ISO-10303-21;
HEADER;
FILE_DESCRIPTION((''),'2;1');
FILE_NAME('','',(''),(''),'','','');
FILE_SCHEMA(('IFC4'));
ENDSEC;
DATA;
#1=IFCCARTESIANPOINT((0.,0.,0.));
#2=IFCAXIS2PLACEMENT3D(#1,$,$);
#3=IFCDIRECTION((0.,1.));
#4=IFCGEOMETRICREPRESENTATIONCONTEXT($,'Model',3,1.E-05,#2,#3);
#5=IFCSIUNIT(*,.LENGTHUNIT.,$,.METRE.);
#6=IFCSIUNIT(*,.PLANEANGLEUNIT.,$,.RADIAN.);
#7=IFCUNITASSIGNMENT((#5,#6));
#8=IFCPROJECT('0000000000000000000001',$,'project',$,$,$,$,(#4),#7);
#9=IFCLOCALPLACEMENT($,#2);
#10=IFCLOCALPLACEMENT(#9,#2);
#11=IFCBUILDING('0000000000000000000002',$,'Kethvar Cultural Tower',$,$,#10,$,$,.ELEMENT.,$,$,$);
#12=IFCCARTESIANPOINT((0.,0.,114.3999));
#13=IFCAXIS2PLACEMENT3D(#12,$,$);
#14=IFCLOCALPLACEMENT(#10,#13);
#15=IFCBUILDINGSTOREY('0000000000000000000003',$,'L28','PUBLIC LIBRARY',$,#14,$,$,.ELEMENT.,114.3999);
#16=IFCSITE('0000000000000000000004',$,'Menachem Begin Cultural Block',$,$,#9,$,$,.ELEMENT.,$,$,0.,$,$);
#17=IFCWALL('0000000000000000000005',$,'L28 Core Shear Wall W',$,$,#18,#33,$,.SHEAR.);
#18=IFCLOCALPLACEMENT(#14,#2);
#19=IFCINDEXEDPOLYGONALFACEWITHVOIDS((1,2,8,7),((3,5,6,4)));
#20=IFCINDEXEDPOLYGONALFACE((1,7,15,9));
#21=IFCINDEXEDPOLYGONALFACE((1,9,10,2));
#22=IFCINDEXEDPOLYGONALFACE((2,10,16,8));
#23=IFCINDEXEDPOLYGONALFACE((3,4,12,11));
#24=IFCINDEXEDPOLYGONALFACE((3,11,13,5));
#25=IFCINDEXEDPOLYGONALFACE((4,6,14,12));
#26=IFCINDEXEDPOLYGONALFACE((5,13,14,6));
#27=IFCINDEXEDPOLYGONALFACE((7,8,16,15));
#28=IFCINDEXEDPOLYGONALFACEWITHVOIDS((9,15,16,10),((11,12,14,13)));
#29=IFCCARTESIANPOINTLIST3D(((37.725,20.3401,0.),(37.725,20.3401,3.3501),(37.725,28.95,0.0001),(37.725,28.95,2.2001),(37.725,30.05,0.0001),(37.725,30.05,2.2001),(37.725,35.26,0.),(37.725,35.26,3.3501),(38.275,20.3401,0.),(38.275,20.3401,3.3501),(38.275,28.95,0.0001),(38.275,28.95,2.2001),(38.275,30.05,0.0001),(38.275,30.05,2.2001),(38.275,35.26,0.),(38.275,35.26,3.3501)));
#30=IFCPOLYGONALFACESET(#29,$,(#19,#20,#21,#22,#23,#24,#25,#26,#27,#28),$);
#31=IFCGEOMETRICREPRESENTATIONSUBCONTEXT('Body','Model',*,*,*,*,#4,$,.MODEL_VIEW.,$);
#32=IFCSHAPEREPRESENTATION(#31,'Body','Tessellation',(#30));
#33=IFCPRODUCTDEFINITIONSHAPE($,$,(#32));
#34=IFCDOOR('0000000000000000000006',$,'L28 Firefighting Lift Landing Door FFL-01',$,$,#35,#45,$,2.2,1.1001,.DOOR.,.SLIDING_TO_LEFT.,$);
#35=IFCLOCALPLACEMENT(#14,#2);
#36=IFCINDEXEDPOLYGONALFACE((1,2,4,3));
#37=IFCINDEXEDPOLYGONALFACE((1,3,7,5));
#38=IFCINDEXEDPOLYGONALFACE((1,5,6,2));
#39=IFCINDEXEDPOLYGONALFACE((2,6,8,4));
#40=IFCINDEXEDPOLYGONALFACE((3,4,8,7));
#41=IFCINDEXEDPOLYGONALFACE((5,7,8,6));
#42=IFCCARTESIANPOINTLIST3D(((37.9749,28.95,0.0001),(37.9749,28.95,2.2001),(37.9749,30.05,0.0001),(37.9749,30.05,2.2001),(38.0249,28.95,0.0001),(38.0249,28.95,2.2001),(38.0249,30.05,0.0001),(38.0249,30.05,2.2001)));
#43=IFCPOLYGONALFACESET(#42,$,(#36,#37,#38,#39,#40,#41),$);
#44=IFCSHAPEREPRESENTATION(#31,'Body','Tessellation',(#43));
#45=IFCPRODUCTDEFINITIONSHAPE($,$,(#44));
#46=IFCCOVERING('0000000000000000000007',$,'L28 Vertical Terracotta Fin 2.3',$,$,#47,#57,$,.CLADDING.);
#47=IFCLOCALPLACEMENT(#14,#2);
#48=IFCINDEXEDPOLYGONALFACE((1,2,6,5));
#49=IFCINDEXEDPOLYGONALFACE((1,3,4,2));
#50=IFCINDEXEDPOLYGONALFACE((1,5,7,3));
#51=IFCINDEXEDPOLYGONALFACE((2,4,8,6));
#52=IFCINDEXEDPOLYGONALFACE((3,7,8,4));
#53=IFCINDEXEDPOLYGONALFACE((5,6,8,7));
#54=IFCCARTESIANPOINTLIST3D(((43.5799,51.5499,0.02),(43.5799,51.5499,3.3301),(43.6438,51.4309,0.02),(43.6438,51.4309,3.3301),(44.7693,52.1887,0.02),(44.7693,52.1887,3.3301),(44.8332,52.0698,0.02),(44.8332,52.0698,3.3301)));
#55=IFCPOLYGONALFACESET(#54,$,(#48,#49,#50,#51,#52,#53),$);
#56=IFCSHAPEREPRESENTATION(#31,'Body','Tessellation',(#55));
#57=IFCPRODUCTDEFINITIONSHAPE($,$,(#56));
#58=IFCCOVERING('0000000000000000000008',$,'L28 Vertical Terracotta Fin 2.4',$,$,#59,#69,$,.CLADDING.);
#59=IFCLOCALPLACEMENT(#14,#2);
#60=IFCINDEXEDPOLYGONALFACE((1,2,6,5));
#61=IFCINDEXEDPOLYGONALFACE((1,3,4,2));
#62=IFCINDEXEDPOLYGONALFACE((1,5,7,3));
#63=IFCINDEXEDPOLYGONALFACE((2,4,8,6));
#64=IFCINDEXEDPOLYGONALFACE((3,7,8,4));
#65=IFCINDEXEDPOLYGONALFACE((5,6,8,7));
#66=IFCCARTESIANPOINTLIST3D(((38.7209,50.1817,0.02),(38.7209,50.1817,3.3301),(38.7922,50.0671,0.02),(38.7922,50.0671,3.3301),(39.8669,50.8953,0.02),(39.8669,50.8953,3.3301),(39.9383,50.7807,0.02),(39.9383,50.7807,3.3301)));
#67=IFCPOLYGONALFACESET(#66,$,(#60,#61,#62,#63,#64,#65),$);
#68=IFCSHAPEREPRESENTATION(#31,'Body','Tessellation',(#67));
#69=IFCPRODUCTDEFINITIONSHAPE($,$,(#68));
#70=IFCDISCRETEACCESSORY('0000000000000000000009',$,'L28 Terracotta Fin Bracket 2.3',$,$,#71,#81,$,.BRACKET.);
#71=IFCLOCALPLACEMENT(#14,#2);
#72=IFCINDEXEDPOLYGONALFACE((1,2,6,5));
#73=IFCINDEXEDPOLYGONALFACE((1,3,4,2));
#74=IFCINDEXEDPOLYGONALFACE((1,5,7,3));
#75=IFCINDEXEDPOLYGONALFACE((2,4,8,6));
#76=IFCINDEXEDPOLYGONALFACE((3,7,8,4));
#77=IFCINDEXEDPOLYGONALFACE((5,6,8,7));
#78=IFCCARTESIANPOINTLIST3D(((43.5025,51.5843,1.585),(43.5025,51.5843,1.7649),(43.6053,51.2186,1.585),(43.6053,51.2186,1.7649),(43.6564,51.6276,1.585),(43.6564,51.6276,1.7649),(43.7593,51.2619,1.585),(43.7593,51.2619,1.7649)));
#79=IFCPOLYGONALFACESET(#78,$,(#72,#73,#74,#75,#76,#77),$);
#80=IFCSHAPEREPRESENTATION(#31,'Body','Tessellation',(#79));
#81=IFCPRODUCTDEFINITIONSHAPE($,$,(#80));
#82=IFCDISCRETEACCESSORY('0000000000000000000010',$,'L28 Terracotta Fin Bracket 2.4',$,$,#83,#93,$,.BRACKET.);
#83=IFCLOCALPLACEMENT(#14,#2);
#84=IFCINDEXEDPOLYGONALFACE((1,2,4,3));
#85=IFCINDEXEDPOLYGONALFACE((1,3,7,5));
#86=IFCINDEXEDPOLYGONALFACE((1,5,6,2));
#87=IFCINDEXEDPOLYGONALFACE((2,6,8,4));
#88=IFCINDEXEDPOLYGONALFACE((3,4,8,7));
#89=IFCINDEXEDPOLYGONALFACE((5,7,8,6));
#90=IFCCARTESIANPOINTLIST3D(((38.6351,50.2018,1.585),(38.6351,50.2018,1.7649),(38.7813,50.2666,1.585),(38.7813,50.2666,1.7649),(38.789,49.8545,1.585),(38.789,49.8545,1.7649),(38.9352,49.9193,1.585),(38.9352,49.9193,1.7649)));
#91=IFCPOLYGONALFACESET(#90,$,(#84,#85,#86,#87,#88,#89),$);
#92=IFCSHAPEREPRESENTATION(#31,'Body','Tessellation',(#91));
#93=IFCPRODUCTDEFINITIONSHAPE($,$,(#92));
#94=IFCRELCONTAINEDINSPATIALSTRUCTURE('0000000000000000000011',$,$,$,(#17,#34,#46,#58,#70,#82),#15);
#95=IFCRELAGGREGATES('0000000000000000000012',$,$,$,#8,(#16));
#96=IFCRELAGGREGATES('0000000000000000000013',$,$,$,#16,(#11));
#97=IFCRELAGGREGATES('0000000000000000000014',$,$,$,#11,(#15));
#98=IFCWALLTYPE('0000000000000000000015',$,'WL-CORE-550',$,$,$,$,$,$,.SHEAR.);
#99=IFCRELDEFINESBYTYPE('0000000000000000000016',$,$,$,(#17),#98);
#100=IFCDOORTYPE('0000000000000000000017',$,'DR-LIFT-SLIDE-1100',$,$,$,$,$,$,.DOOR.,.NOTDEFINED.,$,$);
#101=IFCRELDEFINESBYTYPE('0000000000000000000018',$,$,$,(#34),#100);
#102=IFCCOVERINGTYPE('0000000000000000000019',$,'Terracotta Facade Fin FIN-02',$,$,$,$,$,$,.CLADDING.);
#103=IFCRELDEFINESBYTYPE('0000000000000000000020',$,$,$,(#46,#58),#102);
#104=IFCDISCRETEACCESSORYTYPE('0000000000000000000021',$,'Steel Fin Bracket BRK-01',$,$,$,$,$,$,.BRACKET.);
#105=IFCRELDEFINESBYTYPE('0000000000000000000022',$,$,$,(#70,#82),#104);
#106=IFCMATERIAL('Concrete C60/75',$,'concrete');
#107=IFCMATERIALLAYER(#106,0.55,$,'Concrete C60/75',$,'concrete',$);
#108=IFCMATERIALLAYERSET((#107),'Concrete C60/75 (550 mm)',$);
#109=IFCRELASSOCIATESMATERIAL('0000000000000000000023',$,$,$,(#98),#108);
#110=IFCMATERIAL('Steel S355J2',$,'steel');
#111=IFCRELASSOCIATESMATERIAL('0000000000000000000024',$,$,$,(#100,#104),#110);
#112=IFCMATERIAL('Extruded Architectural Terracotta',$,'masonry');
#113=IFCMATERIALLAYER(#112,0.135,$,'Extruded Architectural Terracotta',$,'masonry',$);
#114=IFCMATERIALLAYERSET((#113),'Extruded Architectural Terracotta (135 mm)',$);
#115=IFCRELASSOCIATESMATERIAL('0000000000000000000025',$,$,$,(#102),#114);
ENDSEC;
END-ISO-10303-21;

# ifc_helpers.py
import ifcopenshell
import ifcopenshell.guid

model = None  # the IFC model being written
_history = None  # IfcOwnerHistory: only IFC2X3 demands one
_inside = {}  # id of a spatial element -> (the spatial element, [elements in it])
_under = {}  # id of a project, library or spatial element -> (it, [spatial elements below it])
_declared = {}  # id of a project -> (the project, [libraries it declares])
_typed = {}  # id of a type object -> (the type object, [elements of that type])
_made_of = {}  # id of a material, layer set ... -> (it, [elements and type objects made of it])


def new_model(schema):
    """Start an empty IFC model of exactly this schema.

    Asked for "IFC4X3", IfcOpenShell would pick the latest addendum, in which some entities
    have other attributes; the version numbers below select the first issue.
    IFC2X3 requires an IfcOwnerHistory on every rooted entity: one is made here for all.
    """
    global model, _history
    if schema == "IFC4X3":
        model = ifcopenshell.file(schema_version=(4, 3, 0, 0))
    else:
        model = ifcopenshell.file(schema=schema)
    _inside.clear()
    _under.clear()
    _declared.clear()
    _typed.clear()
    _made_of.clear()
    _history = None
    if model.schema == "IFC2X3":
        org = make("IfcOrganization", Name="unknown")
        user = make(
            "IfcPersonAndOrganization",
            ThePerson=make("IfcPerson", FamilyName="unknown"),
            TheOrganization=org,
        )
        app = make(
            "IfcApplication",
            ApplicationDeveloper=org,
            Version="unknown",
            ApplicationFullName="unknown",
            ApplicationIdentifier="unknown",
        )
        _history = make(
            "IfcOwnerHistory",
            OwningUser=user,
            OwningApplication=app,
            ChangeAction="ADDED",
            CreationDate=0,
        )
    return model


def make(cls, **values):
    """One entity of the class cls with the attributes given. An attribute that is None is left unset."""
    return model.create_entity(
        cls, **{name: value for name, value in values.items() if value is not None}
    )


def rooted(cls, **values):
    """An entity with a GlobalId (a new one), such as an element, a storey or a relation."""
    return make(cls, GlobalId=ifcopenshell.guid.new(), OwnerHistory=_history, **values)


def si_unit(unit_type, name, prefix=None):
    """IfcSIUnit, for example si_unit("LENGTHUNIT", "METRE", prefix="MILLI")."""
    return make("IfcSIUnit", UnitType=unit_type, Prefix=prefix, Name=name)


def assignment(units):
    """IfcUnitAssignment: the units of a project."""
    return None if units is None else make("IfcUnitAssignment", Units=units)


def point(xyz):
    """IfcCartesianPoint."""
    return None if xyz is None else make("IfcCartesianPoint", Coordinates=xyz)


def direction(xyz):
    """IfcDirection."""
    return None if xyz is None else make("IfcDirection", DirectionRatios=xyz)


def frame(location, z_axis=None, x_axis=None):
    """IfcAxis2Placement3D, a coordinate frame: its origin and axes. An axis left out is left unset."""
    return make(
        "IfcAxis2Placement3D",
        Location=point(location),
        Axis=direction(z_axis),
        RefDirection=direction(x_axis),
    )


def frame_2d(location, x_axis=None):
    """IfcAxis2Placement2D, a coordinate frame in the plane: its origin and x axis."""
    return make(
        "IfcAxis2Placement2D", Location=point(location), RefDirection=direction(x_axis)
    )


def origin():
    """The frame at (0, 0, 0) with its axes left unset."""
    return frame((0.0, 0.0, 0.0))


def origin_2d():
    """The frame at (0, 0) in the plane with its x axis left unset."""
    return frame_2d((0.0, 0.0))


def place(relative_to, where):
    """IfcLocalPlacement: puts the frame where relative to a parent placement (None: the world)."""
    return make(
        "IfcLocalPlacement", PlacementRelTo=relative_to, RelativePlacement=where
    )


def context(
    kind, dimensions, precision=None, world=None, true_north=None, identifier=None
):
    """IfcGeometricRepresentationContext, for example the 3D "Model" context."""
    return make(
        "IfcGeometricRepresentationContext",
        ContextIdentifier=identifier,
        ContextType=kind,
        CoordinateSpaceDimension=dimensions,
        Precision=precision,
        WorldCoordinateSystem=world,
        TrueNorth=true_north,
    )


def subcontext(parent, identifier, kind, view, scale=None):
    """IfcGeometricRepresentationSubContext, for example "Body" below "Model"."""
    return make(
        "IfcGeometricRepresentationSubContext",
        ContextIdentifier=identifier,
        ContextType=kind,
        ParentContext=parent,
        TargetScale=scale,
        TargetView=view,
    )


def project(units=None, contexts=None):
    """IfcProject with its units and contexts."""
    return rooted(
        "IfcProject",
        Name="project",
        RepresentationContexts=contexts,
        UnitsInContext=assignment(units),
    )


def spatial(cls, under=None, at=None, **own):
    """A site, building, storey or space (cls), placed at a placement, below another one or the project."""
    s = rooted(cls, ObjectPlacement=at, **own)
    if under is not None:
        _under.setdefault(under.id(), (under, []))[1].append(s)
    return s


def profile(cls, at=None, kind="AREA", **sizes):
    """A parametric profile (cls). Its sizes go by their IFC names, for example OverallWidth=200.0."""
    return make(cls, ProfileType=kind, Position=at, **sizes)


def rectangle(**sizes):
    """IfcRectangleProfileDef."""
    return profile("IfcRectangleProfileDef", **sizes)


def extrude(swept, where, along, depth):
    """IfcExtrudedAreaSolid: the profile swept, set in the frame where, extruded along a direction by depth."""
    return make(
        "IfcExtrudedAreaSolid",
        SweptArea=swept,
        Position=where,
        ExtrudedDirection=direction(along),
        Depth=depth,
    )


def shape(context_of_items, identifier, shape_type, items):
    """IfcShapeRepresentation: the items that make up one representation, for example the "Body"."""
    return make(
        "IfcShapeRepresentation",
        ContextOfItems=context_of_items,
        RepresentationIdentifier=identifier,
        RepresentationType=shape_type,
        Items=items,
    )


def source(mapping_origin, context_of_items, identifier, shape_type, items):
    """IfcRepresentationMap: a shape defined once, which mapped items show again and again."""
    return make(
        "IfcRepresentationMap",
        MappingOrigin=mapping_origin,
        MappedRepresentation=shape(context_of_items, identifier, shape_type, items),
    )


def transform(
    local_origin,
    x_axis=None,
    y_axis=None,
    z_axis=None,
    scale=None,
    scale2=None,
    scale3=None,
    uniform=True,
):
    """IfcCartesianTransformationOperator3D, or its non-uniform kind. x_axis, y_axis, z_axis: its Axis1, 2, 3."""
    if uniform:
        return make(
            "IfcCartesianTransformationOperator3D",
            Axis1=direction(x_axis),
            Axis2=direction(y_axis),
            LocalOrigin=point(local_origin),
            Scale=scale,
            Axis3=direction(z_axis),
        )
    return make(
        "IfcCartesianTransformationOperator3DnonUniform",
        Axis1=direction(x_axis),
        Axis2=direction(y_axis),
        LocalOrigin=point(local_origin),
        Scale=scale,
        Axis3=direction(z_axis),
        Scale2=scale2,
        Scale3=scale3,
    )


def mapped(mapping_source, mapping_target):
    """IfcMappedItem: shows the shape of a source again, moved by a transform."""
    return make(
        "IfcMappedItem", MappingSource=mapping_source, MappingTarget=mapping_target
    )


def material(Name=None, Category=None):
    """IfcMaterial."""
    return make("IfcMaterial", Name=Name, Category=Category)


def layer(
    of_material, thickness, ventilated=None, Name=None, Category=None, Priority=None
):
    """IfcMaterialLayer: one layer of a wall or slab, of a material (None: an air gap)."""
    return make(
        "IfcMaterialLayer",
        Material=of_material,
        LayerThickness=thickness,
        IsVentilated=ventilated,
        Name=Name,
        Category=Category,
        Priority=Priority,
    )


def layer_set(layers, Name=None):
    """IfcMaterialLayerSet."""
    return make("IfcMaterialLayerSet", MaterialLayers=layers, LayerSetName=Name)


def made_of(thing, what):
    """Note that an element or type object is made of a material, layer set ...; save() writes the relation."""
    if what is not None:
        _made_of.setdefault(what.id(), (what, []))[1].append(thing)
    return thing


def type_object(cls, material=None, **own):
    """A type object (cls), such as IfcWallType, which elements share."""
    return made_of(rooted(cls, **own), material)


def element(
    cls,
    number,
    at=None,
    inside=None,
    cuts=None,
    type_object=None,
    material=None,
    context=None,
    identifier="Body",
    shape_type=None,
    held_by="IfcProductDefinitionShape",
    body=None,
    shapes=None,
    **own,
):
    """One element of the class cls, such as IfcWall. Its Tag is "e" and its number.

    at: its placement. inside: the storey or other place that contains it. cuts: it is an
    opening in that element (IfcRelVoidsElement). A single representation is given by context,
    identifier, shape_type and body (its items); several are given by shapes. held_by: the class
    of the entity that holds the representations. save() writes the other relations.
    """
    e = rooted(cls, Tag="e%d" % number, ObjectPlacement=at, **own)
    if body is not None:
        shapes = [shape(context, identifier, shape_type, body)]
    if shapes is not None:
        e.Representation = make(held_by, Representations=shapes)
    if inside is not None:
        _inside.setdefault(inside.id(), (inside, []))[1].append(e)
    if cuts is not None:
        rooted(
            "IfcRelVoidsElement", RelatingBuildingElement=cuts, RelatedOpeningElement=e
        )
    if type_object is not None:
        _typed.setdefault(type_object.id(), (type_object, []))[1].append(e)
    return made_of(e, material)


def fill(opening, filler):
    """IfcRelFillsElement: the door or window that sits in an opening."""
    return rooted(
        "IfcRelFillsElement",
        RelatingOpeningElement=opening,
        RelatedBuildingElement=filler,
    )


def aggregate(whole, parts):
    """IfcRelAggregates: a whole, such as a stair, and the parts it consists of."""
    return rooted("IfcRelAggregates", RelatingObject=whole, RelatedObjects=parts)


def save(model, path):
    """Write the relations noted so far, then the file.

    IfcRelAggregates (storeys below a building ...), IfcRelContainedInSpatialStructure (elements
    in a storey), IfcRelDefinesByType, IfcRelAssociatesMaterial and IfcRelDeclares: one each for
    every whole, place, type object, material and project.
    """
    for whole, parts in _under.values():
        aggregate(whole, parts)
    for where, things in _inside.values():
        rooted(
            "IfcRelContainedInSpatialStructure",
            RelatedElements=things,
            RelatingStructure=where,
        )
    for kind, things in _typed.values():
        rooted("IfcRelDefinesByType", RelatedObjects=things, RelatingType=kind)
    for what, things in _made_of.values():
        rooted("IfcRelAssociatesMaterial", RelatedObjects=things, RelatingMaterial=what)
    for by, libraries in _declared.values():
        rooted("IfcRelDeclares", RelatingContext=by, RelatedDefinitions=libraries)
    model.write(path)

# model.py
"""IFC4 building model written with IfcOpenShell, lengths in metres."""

from ifc_helpers import new_model, si_unit, direction, frame, frame_2d, origin, origin_2d, place, context, subcontext, project, spatial, rectangle, extrude, source, transform, mapped, material, layer, layer_set, type_object, element, fill, save


model = new_model("IFC4")

# Units and contexts
model_context = context("Model", 3, precision=1e-05, world=origin(), true_north=direction((0.0, 1.0)))
body_context = subcontext(model_context, "Body", "Model", "MODEL_VIEW")
ifc_project = project(units=[si_unit("LENGTHUNIT", "METRE"), si_unit("PLANEANGLEUNIT", "RADIAN")], contexts=[model_context])

# Site, building, storey
site_placement = place(None, origin())
site = spatial("IfcSite", under=ifc_project, at=site_placement, Name="Menachem Begin Cultural Block", CompositionType="ELEMENT", RefElevation=0.0)
building_placement = place(site_placement, origin())
building = spatial("IfcBuilding", under=site, at=building_placement, Name="Kethvar Cultural Tower", CompositionType="ELEMENT")
storey_placement = place(building_placement, frame((0.0, 0.0, 114.3999)))
storey = spatial("IfcBuildingStorey", under=building, at=storey_placement, Name="L28", Description="PUBLIC LIBRARY", CompositionType="ELEMENT", Elevation=114.3999)

# Shared definitions
ifc_material_1 = material(Name="Steel S355J2", Category="steel")

# Wall, opening, door
ifc_material_2 = material(Name="Concrete C60/75", Category="concrete")
ifc_layer_1 = layer(ifc_material_2, 0.55, Name="Concrete C60/75", Category="concrete")
ifc_layer_set_1 = layer_set([ifc_layer_1], Name="Concrete C60/75 (550 mm)")
wall_type = type_object("IfcWallType", Name="WL-CORE-550", PredefinedType="SHEAR", material=ifc_layer_set_1)
wall_placement = place(storey_placement, frame((38.0, 35.26, 0.0), z_axis=(0.0, 0.0, 1.0), x_axis=(0.0, -1.0, 0.0)))
wall = element("IfcWall", 1, at=wall_placement, inside=storey, type_object=wall_type, Name="L28 Core Shear Wall W", PredefinedType="SHEAR", context=body_context, shape_type="SweptSolid", body=[
    extrude(rectangle(XDim=14.9199, YDim=0.55, at=frame_2d((7.46, 0.0))), origin(), (0.0, 0.0, 1.0), 3.3501),
])
opening_placement = place(wall_placement, frame((5.21, 0.0, 0.0)))
opening = element("IfcOpeningElement", 2, at=opening_placement, cuts=wall, PredefinedType="OPENING", context=body_context, shape_type="SweptSolid", body=[
    extrude(rectangle(XDim=1.1001, YDim=2.2, at=frame_2d((0.55, 1.1001))), frame((0.0, 0.2849, 0.0), z_axis=(0.0, -1.0, 0.0), x_axis=(1.0, 0.0, 0.0)), (0.0, 0.0, 1.0), 0.5701),
])
door_type = type_object("IfcDoorType", Name="DR-LIFT-SLIDE-1100", OperationType="NOTDEFINED", PredefinedType="DOOR", material=ifc_material_1)
shared_shape_1 = source(origin(), body_context, "Body", "SweptSolid", [
    extrude(rectangle(XDim=1.1001, YDim=2.2, at=frame_2d((0.55, 1.1001))), frame((0.0, 0.0249, 0.0), z_axis=(0.0, -1.0, 0.0), x_axis=(1.0, 0.0, 0.0)), (0.0, 0.0, 1.0), 0.05),
])
door_placement = place(opening_placement, origin())
door = element("IfcDoor", 3, at=door_placement, inside=storey, type_object=door_type, Name="L28 Firefighting Lift Landing Door FFL-01", OperationType="SLIDING_TO_LEFT", OverallHeight=2.2, OverallWidth=1.1001, PredefinedType="DOOR", context=body_context, shape_type="MappedRepresentation", body=[
    mapped(shared_shape_1, transform((0.0, 0.0, 0.0), scale=1.0)),
])
fill(opening, door)

# Coverings
ifc_material_3 = material(Name="Extruded Architectural Terracotta", Category="masonry")
ifc_layer_2 = layer(ifc_material_3, 0.135, Name="Extruded Architectural Terracotta", Category="masonry")
ifc_layer_set_2 = layer_set([ifc_layer_2], Name="Extruded Architectural Terracotta (135 mm)")
covering_type = type_object("IfcCoveringType", Name="Terracotta Facade Fin FIN-02", PredefinedType="CLADDING", material=ifc_layer_set_2)
shared_shape_2 = source(origin(), body_context, "Body", "SweptSolid", [
    extrude(rectangle(XDim=1.3501, YDim=0.135, at=origin_2d()), origin(), (0.0, 0.0, 1.0), 3.3101),
])
for number, where, z_axis, x_axis, name in (
    (4, (44.2065, 51.8098, 0.02), (0.0, 0.0, 1.0), (0.880973, 0.473166, 0.0), "L28 Vertical Terracotta Fin 2.3"),
    (5, (39.3296, 50.4812, 0.02), (0.0, 0.0, 1.0), (0.848879, 0.528587, 0.0), "L28 Vertical Terracotta Fin 2.4"),
):
    element("IfcCovering", number, at=place(storey_placement, frame(where, z_axis=z_axis, x_axis=x_axis)), inside=storey, type_object=covering_type, Name=name, PredefinedType="CLADDING", context=body_context, shape_type="MappedRepresentation", body=[
        mapped(shared_shape_2, transform((0.0, 0.0, 0.0), scale=1.0)),
    ])

# Discrete accessories
discrete_accessory_type = type_object("IfcDiscreteAccessoryType", Name="Steel Fin Bracket BRK-01", PredefinedType="BRACKET", material=ifc_material_1)
shared_shape_3 = source(origin(), body_context, "Body", "SweptSolid", [
    extrude(rectangle(XDim=0.3799, YDim=0.1599, at=origin_2d()), origin(), (0.0, 0.0, 1.0), 0.1799),
])
for number, where, z_axis, x_axis, name in (
    (6, (43.6309, 51.4231, 1.585), (0.0, 0.0, 1.0), (-0.270768, 0.962645, 0.0), "L28 Terracotta Fin Bracket 2.3"),
    (7, (38.7852, 50.0605, 1.585), (0.0, 0.0, 1.0), (-0.405142, 0.914254, 0.0), "L28 Terracotta Fin Bracket 2.4"),
):
    element("IfcDiscreteAccessory", number, at=place(storey_placement, frame(where, z_axis=z_axis, x_axis=x_axis)), inside=storey, type_object=discrete_accessory_type, Name=name, PredefinedType="BRACKET", context=body_context, shape_type="MappedRepresentation", body=[
        mapped(shared_shape_3, transform((0.0, 0.0, 0.0), scale=1.0)),
    ])

save(model, "model.ifc")
